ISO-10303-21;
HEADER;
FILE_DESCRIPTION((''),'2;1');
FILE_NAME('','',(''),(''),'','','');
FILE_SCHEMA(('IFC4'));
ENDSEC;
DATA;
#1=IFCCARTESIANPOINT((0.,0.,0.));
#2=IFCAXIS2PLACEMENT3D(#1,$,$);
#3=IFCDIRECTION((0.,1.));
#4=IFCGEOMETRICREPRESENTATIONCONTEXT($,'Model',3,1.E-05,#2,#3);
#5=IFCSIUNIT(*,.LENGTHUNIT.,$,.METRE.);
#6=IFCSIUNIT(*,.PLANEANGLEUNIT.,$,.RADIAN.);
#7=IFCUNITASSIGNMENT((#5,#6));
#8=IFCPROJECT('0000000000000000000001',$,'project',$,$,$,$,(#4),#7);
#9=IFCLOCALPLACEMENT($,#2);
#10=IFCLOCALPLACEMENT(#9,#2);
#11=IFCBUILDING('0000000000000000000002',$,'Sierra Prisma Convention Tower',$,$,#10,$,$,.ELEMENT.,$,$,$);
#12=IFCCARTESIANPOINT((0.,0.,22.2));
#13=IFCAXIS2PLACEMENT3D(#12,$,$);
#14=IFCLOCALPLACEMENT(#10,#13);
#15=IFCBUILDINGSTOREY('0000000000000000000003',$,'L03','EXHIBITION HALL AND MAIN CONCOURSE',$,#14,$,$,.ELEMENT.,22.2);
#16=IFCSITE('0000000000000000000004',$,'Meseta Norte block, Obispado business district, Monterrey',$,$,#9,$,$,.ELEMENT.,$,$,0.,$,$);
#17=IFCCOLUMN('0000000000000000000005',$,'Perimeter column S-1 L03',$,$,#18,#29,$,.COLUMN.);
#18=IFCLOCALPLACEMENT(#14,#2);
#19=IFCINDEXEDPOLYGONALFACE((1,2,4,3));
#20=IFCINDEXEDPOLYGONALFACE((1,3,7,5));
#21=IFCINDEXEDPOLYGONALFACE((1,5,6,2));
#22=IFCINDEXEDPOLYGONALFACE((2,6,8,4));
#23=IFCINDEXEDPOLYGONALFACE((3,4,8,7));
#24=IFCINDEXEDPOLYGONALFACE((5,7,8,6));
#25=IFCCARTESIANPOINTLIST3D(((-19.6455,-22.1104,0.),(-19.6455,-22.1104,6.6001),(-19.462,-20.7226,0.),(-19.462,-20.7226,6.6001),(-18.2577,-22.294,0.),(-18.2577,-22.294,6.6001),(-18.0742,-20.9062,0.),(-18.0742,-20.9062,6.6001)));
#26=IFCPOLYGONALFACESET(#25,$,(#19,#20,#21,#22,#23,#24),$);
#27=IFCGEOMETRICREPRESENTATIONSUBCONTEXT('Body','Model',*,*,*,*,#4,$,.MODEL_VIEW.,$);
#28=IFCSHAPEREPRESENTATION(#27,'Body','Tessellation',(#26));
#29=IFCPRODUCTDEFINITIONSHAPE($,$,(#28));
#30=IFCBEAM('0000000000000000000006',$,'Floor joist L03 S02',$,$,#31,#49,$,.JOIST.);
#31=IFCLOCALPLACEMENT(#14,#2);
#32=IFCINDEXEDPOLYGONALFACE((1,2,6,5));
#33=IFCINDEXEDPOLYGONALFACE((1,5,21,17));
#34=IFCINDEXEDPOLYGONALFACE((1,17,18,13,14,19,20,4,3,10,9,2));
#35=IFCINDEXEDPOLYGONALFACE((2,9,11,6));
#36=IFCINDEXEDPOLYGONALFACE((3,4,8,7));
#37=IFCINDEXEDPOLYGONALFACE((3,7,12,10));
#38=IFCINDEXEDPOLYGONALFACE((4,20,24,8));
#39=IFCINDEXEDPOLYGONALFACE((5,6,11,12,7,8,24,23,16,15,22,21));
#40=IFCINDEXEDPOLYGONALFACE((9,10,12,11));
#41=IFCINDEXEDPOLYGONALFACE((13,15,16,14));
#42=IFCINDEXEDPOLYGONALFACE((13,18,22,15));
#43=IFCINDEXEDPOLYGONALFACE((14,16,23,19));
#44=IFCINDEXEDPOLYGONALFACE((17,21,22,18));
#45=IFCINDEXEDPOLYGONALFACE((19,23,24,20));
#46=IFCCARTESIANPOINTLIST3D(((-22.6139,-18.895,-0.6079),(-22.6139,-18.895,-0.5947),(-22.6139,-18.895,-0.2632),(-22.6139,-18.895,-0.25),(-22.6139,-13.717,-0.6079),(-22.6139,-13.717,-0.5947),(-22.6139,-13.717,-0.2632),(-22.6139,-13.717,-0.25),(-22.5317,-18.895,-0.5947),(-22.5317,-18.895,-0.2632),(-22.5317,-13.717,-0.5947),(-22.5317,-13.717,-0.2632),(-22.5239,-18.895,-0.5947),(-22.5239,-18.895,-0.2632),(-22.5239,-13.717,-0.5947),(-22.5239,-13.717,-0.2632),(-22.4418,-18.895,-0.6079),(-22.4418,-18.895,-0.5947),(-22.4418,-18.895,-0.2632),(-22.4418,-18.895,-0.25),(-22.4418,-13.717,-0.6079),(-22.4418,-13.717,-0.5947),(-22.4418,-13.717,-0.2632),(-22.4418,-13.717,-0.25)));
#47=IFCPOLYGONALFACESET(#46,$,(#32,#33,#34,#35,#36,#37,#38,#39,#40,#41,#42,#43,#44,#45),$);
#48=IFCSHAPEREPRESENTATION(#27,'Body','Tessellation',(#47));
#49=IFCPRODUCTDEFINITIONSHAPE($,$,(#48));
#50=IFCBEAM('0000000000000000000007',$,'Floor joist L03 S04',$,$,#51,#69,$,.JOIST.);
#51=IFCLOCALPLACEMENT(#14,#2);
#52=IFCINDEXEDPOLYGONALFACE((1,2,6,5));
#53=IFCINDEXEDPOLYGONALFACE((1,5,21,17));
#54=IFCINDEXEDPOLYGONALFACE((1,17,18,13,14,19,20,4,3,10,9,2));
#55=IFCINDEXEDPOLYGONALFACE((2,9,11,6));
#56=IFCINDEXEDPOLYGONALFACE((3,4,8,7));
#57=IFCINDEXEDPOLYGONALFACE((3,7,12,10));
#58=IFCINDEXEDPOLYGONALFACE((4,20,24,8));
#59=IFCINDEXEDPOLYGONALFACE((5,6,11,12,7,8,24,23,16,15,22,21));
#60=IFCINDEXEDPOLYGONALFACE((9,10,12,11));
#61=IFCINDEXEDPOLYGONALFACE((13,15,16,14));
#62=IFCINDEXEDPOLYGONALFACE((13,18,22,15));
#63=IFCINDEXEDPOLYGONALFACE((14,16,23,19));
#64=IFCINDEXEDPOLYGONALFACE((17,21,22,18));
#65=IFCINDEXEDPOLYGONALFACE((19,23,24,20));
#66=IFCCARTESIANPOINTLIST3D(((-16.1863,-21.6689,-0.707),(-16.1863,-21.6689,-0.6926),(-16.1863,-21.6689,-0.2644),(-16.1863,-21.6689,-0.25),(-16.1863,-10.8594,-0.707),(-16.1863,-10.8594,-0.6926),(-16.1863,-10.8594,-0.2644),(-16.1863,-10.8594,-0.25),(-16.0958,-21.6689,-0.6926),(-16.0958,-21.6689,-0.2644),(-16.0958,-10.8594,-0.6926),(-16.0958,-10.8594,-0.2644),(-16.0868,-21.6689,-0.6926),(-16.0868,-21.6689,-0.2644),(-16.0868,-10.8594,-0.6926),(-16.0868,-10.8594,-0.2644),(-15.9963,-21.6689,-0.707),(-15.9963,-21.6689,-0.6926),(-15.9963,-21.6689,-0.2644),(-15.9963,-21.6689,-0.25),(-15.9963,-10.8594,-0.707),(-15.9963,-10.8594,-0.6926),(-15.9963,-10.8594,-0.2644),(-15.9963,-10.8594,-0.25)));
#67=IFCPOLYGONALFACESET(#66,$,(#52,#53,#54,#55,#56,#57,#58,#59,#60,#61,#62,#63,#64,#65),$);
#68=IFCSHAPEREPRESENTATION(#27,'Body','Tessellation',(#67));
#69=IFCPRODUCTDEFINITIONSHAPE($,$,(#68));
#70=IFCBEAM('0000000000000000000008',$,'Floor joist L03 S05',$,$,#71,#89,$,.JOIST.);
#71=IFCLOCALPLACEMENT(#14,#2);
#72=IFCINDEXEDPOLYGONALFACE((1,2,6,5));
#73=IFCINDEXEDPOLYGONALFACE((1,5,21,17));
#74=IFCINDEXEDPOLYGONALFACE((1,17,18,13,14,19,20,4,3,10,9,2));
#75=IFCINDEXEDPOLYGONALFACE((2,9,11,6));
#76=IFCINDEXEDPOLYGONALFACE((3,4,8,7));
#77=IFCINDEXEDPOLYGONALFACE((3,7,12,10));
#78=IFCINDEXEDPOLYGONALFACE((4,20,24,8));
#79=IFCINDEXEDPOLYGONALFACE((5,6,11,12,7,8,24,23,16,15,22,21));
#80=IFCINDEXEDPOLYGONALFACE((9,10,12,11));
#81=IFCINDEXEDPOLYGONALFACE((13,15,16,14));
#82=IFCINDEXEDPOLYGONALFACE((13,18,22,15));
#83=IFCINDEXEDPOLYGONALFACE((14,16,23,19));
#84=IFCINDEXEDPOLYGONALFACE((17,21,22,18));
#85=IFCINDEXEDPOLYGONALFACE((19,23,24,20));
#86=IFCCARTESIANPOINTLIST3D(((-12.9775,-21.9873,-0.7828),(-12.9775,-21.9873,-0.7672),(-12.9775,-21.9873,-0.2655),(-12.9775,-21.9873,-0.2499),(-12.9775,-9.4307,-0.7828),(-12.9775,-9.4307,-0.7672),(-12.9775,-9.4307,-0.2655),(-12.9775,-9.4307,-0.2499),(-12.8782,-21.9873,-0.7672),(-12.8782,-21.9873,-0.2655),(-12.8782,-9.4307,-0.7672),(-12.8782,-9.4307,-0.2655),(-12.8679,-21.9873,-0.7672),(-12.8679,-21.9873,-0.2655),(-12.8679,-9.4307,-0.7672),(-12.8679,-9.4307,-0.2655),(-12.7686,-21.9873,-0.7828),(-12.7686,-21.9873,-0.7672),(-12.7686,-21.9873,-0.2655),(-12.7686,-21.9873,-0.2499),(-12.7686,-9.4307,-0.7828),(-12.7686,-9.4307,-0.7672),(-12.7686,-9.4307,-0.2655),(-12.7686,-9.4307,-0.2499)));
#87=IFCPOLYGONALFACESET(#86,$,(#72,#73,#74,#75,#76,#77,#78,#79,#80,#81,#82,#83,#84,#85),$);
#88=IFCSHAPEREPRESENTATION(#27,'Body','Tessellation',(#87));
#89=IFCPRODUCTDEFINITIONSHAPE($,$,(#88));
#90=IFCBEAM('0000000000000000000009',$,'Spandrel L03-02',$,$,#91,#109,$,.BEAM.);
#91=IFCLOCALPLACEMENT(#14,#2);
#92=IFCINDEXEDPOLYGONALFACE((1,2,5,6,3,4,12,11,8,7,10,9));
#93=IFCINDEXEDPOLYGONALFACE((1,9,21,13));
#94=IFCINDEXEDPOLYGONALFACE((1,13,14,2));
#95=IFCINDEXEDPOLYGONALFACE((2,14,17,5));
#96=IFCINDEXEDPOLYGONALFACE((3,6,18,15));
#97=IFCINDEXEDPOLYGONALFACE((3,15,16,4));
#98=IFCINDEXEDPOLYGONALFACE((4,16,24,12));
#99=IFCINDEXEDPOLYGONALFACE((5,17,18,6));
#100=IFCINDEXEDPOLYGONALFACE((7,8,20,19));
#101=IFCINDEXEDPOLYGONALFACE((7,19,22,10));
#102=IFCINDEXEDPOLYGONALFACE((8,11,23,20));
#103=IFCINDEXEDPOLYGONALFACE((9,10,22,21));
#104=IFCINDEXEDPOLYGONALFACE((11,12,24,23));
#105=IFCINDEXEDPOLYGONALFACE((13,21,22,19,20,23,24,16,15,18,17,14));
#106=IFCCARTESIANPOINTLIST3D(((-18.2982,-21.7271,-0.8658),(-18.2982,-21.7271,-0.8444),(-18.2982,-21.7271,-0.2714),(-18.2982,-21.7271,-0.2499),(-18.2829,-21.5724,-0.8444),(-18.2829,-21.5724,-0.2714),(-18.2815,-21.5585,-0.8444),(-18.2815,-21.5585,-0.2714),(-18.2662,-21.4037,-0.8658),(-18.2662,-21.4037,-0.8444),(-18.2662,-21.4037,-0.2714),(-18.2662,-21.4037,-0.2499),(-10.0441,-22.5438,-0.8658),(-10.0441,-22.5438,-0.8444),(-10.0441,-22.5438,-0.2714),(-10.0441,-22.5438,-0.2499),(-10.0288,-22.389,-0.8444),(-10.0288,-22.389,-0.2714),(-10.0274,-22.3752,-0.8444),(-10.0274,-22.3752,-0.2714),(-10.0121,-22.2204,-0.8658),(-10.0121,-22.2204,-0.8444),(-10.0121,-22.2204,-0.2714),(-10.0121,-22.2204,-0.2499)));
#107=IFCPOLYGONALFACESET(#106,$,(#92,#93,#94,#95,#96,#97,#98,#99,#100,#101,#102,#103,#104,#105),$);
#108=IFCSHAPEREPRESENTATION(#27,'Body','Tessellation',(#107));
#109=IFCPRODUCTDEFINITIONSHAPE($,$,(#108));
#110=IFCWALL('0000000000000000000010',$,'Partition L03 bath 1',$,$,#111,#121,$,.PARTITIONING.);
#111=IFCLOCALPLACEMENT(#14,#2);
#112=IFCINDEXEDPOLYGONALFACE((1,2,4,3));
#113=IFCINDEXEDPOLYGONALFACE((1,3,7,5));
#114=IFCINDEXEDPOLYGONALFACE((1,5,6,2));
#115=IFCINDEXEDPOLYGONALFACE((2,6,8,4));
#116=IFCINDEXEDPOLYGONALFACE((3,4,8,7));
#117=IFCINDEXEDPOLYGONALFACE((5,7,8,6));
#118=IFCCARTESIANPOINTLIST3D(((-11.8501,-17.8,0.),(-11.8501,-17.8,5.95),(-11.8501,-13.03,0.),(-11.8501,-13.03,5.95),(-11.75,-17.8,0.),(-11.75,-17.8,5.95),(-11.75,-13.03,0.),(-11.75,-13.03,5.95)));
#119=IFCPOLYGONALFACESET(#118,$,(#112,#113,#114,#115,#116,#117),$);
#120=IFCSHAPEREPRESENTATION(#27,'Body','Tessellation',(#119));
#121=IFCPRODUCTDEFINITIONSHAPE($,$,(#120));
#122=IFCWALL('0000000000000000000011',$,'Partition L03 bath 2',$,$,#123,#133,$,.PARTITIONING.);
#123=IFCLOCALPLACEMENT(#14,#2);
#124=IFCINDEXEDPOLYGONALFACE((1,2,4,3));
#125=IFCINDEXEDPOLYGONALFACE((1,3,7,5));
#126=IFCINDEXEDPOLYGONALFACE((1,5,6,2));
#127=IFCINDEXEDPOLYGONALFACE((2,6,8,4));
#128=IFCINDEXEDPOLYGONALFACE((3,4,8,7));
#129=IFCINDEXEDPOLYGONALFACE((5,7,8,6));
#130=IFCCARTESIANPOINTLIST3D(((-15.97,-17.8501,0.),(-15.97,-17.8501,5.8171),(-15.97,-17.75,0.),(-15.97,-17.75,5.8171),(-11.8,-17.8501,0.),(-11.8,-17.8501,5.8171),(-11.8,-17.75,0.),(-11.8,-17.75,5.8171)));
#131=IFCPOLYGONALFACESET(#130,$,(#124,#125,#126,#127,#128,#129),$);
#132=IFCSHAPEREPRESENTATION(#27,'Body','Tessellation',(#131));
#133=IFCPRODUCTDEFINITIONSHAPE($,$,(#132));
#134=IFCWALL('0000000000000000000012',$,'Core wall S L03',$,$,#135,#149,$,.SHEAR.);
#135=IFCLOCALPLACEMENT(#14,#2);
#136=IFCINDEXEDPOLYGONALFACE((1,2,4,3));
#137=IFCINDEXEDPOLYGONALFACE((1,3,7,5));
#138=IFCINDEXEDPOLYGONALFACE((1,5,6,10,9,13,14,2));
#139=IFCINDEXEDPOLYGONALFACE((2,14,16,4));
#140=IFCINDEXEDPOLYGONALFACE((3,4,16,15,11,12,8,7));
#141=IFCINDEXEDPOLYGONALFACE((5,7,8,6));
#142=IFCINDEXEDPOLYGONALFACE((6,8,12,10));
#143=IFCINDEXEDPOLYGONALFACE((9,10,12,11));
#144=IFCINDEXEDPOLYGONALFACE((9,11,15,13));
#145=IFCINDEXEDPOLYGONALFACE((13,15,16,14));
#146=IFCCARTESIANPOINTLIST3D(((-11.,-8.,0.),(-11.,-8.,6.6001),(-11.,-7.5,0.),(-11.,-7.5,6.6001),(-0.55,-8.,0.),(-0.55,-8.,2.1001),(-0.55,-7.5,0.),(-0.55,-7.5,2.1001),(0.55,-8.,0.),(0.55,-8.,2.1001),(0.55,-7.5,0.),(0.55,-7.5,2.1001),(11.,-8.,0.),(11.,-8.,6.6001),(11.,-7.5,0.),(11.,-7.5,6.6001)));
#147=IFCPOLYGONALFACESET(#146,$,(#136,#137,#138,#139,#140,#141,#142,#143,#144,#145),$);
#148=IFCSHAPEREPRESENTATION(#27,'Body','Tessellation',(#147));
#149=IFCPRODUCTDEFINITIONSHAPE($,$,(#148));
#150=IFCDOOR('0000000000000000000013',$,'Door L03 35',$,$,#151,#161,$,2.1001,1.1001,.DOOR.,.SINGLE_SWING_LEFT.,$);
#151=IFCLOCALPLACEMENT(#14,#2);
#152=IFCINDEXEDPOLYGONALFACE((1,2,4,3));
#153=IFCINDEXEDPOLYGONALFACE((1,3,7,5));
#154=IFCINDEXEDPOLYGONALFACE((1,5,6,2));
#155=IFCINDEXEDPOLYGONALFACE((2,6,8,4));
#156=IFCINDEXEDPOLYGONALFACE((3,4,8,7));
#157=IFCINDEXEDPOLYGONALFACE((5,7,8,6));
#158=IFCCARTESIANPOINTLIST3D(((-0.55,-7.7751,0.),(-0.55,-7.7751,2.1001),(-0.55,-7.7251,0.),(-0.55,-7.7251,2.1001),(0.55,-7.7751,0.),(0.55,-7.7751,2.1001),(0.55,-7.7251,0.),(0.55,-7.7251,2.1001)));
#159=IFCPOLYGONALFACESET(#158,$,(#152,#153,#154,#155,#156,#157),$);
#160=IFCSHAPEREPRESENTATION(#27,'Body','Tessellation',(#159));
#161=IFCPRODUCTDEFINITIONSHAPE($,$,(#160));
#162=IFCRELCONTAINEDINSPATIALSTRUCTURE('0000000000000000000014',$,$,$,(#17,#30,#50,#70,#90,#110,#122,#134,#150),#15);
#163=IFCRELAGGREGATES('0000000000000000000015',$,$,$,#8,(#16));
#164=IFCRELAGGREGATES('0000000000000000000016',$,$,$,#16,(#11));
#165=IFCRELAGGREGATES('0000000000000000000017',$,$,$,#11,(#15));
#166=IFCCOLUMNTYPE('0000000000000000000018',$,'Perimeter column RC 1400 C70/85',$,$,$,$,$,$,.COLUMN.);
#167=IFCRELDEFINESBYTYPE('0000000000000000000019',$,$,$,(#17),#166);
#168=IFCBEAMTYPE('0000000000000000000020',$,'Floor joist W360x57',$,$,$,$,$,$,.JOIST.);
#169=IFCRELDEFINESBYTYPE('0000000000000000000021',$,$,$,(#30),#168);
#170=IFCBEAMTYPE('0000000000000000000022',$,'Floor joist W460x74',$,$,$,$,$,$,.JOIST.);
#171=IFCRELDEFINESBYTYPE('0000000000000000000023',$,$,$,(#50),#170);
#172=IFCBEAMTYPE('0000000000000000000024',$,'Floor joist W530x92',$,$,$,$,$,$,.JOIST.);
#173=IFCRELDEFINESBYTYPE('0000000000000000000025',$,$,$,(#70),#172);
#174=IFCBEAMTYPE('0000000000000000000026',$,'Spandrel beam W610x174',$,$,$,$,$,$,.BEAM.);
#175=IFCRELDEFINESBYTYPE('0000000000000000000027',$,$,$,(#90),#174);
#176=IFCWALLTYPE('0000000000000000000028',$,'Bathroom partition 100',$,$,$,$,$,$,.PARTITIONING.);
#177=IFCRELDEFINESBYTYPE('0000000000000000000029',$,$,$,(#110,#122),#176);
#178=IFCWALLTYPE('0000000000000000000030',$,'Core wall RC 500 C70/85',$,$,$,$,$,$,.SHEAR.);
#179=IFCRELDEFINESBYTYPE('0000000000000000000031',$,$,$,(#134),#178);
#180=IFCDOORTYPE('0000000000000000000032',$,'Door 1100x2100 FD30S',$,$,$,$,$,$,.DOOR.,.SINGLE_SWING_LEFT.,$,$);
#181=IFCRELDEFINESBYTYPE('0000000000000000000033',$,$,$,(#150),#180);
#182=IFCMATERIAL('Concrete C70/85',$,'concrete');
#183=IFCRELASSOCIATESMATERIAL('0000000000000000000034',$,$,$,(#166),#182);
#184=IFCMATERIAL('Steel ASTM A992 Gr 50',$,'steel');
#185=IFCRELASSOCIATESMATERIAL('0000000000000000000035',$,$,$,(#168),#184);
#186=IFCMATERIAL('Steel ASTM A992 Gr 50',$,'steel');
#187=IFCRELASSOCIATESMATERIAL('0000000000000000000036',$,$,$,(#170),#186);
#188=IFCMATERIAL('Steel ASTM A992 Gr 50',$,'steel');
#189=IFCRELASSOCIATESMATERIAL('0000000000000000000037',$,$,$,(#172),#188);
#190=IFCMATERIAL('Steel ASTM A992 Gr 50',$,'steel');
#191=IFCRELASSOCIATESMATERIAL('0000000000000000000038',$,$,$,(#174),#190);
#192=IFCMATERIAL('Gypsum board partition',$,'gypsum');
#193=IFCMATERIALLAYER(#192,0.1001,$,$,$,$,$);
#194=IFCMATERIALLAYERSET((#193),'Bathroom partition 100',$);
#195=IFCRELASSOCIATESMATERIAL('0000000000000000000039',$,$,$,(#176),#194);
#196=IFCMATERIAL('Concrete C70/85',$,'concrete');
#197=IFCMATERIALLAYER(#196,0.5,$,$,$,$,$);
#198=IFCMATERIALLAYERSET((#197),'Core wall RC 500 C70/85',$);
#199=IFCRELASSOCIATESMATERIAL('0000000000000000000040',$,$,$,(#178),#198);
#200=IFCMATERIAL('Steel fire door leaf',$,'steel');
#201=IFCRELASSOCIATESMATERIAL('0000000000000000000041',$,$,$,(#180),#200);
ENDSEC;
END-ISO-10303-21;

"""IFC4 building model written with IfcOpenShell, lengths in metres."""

from ifc_helpers import new_model, si_unit, direction, frame, frame_2d, origin, origin_2d, place, context, subcontext, project, spatial, rectangle, i_section, extrude, material, layer, layer_set, material_profile, profile_set, type_object, element, fill, save


model = new_model("IFC4")

# Units and contexts
model_context = context("Model", 3, precision=1e-05, world=origin(), true_north=direction((0.0, 1.0)))
body_context = subcontext(model_context, "Body", "Model", "MODEL_VIEW")
ifc_project = project(units=[si_unit("LENGTHUNIT", "METRE"), si_unit("PLANEANGLEUNIT", "RADIAN")], contexts=[model_context])

# Site, building, storey
site_placement = place(None, origin())
site = spatial("IfcSite", under=ifc_project, at=site_placement, Name="Meseta Norte block, Obispado business district, Monterrey", CompositionType="ELEMENT", RefElevation=0.0)
building_placement = place(site_placement, origin())
building = spatial("IfcBuilding", under=site, at=building_placement, Name="Sierra Prisma Convention Tower", CompositionType="ELEMENT")
storey_placement = place(building_placement, frame((0.0, 0.0, 22.2)))
storey = spatial("IfcBuildingStorey", under=building, at=storey_placement, Name="L03", Description="EXHIBITION HALL AND MAIN CONCOURSE", CompositionType="ELEMENT", Elevation=22.2)

# Column
ifc_material_1 = material(Name="Concrete C70/85", Category="concrete")
ifc_material_profile_1 = material_profile(ifc_material_1, rectangle(XDim=1.3999, YDim=1.3999, at=origin_2d()), Name="Perimeter column RC 1400 C70/85")
ifc_profile_set_1 = profile_set([ifc_material_profile_1], Name="Concrete C70/85")
column_type = type_object("IfcColumnType", Name="Perimeter column RC 1400 C70/85", PredefinedType="COLUMN", material=ifc_profile_set_1)
column_placement = place(storey_placement, frame((-18.8599, -21.5083, 0.0), z_axis=(0.0, 0.0, 1.0), x_axis=(-0.991367, 0.131115, 0.0)))
element("IfcColumn", 1, at=column_placement, inside=storey, type_object=column_type, Name="Perimeter column S-1 L03", PredefinedType="COLUMN", context=body_context, shape_type="SweptSolid", body=[
    extrude(rectangle(XDim=1.3999, YDim=1.3999, at=origin_2d()), origin(), (0.0, 0.0, 1.0), 6.6001),
])

# Beams
ifc_material_2 = material(Name="Steel ASTM A992 Gr 50", Category="steel")
ifc_material_profile_2 = material_profile(ifc_material_2, i_section(OverallWidth=0.1721, OverallDepth=0.3579, WebThickness=0.0078, FlangeThickness=0.0132, at=origin_2d()), Name="W360x57")
ifc_profile_set_2 = profile_set([ifc_material_profile_2], Name="Steel ASTM A992 Gr 50")
beam_type_1 = type_object("IfcBeamType", Name="Floor joist W360x57", PredefinedType="JOIST", material=ifc_profile_set_2)
beam_1_placement = place(storey_placement, frame((-22.5278, -18.895, -0.429), z_axis=(0.0, 1.0, 0.0), x_axis=(-1.0, 0.0, 0.0)))
element("IfcBeam", 2, at=beam_1_placement, inside=storey, type_object=beam_type_1, Name="Floor joist L03 S02", PredefinedType="JOIST", context=body_context, shape_type="SweptSolid", body=[
    extrude(i_section(OverallWidth=0.1721, OverallDepth=0.3579, WebThickness=0.0078, FlangeThickness=0.0132, at=origin_2d()), origin(), (0.0, 0.0, 1.0), 5.178),
])
ifc_material_3 = material(Name="Steel ASTM A992 Gr 50", Category="steel")
ifc_material_profile_3 = material_profile(ifc_material_3, i_section(OverallWidth=0.1899, OverallDepth=0.457, WebThickness=0.009, FlangeThickness=0.0144, at=origin_2d()), Name="W460x74")
ifc_profile_set_3 = profile_set([ifc_material_profile_3], Name="Steel ASTM A992 Gr 50")
beam_type_2 = type_object("IfcBeamType", Name="Floor joist W460x74", PredefinedType="JOIST", material=ifc_profile_set_3)
beam_2_placement = place(storey_placement, frame((-16.0913, -21.6689, -0.4785), z_axis=(0.0, 1.0, 0.0), x_axis=(-1.0, 0.0, 0.0)))
element("IfcBeam", 3, at=beam_2_placement, inside=storey, type_object=beam_type_2, Name="Floor joist L03 S04", PredefinedType="JOIST", context=body_context, shape_type="SweptSolid", body=[
    extrude(i_section(OverallWidth=0.1899, OverallDepth=0.457, WebThickness=0.009, FlangeThickness=0.0144, at=origin_2d()), origin(), (0.0, 0.0, 1.0), 10.8096),
])
ifc_material_4 = material(Name="Steel ASTM A992 Gr 50", Category="steel")
ifc_material_profile_4 = material_profile(ifc_material_4, i_section(OverallWidth=0.209, OverallDepth=0.533, WebThickness=0.0103, FlangeThickness=0.0156, at=origin_2d()), Name="W530x92")
ifc_profile_set_4 = profile_set([ifc_material_profile_4], Name="Steel ASTM A992 Gr 50")
beam_type_3 = type_object("IfcBeamType", Name="Floor joist W530x92", PredefinedType="JOIST", material=ifc_profile_set_4)
beam_3_placement = place(storey_placement, frame((-12.873, -21.9873, -0.5164), z_axis=(0.0, 1.0, 0.0), x_axis=(-1.0, 0.0, 0.0)))
element("IfcBeam", 4, at=beam_3_placement, inside=storey, type_object=beam_type_3, Name="Floor joist L03 S05", PredefinedType="JOIST", context=body_context, shape_type="SweptSolid", body=[
    extrude(i_section(OverallWidth=0.209, OverallDepth=0.533, WebThickness=0.0103, FlangeThickness=0.0156, at=origin_2d()), origin(), (0.0, 0.0, 1.0), 12.5566),
])
ifc_material_5 = material(Name="Steel ASTM A992 Gr 50", Category="steel")
ifc_material_profile_5 = material_profile(ifc_material_5, i_section(OverallWidth=0.325, OverallDepth=0.616, WebThickness=0.0139, FlangeThickness=0.0215, at=origin_2d()), Name="W610x174")
ifc_profile_set_5 = profile_set([ifc_material_profile_5], Name="Steel ASTM A992 Gr 50")
beam_type_4 = type_object("IfcBeamType", Name="Spandrel beam W610x174", PredefinedType="BEAM", material=ifc_profile_set_5)
beam_4_placement = place(storey_placement, frame((-18.2822, -21.5654, -0.5579), z_axis=(0.995141, -0.098457, 0.0), x_axis=(0.098457, 0.995141, 0.0)))
element("IfcBeam", 5, at=beam_4_placement, inside=storey, type_object=beam_type_4, Name="Spandrel L03-02", PredefinedType="BEAM", context=body_context, shape_type="SweptSolid", body=[
    extrude(i_section(OverallWidth=0.325, OverallDepth=0.616, WebThickness=0.0139, FlangeThickness=0.0215, at=origin_2d()), origin(), (0.0, 0.0, 1.0), 8.2944),
])

# Walls
ifc_material_6 = material(Name="Gypsum board partition", Category="gypsum")
ifc_layer_1 = layer(ifc_material_6, 0.1001)
ifc_layer_set_1 = layer_set([ifc_layer_1], Name="Bathroom partition 100")
wall_type_1 = type_object("IfcWallType", Name="Bathroom partition 100", PredefinedType="PARTITIONING", material=ifc_layer_set_1)
wall_1_placement = place(storey_placement, frame((-11.8, -13.03, 0.0), z_axis=(0.0, 0.0, 1.0), x_axis=(0.0, -1.0, 0.0)))
element("IfcWall", 6, at=wall_1_placement, inside=storey, type_object=wall_type_1, Name="Partition L03 bath 1", PredefinedType="PARTITIONING", context=body_context, shape_type="SweptSolid", body=[
    extrude(rectangle(XDim=4.77, YDim=0.1001, at=frame_2d((2.385, 0.0))), origin(), (0.0, 0.0, 1.0), 5.95),
])
wall_2_placement = place(storey_placement, frame((-11.8, -17.8, 0.0), z_axis=(0.0, 0.0, 1.0), x_axis=(-1.0, 0.0, 0.0)))
element("IfcWall", 7, at=wall_2_placement, inside=storey, type_object=wall_type_1, Name="Partition L03 bath 2", PredefinedType="PARTITIONING", context=body_context, shape_type="SweptSolid", body=[
    extrude(rectangle(XDim=4.1699, YDim=0.1001, at=frame_2d((2.085, 0.0))), origin(), (0.0, 0.0, 1.0), 5.8171),
])

# Wall, opening, door
ifc_material_7 = material(Name="Concrete C70/85", Category="concrete")
ifc_layer_2 = layer(ifc_material_7, 0.5)
ifc_layer_set_2 = layer_set([ifc_layer_2], Name="Core wall RC 500 C70/85")
wall_type_2 = type_object("IfcWallType", Name="Core wall RC 500 C70/85", PredefinedType="SHEAR", material=ifc_layer_set_2)
wall_3_placement = place(storey_placement, frame((-11.0, -7.75, 0.0), z_axis=(0.0, 0.0, 1.0), x_axis=(1.0, 0.0, 0.0)))
wall_3 = element("IfcWall", 8, at=wall_3_placement, inside=storey, type_object=wall_type_2, Name="Core wall S L03", PredefinedType="SHEAR", context=body_context, shape_type="SweptSolid", body=[
    extrude(rectangle(XDim=22.0, YDim=0.5, at=frame_2d((11.0, 0.0))), origin(), (0.0, 0.0, 1.0), 6.6001),
])
opening_1_placement = place(wall_3_placement, frame((10.45, 0.0, 0.0)))
opening_1 = element("IfcOpeningElement", 9, at=opening_1_placement, cuts=wall_3, PredefinedType="OPENING", context=body_context, shape_type="SweptSolid", body=[
    extrude(rectangle(XDim=1.1001, YDim=2.1001, at=frame_2d((0.55, 1.05))), frame((0.0, 0.25, 0.0), z_axis=(0.0, -1.0, 0.0), x_axis=(1.0, 0.0, 0.0)), (0.0, 0.0, 1.0), 0.5),
])
ifc_material_8 = material(Name="Steel fire door leaf", Category="steel")
door_type_1 = type_object("IfcDoorType", Name="Door 1100x2100 FD30S", OperationType="SINGLE_SWING_LEFT", PredefinedType="DOOR", material=ifc_material_8)
door_1_placement = place(opening_1_placement, origin())
door_1 = element("IfcDoor", 10, at=door_1_placement, inside=storey, type_object=door_type_1, Name="Door L03 35", OperationType="SINGLE_SWING_LEFT", OverallHeight=2.1001, OverallWidth=1.1001, PredefinedType="DOOR", context=body_context, shape_type="SweptSolid", body=[
    extrude(rectangle(XDim=1.1001, YDim=2.1001, at=frame_2d((0.55, 1.05))), frame((0.0, 0.0249, 0.0), z_axis=(0.0, -1.0, 0.0), x_axis=(1.0, 0.0, 0.0)), (0.0, 0.0, 1.0), 0.05),
])
fill(opening_1, door_1)

save(model, "model.ifc")
